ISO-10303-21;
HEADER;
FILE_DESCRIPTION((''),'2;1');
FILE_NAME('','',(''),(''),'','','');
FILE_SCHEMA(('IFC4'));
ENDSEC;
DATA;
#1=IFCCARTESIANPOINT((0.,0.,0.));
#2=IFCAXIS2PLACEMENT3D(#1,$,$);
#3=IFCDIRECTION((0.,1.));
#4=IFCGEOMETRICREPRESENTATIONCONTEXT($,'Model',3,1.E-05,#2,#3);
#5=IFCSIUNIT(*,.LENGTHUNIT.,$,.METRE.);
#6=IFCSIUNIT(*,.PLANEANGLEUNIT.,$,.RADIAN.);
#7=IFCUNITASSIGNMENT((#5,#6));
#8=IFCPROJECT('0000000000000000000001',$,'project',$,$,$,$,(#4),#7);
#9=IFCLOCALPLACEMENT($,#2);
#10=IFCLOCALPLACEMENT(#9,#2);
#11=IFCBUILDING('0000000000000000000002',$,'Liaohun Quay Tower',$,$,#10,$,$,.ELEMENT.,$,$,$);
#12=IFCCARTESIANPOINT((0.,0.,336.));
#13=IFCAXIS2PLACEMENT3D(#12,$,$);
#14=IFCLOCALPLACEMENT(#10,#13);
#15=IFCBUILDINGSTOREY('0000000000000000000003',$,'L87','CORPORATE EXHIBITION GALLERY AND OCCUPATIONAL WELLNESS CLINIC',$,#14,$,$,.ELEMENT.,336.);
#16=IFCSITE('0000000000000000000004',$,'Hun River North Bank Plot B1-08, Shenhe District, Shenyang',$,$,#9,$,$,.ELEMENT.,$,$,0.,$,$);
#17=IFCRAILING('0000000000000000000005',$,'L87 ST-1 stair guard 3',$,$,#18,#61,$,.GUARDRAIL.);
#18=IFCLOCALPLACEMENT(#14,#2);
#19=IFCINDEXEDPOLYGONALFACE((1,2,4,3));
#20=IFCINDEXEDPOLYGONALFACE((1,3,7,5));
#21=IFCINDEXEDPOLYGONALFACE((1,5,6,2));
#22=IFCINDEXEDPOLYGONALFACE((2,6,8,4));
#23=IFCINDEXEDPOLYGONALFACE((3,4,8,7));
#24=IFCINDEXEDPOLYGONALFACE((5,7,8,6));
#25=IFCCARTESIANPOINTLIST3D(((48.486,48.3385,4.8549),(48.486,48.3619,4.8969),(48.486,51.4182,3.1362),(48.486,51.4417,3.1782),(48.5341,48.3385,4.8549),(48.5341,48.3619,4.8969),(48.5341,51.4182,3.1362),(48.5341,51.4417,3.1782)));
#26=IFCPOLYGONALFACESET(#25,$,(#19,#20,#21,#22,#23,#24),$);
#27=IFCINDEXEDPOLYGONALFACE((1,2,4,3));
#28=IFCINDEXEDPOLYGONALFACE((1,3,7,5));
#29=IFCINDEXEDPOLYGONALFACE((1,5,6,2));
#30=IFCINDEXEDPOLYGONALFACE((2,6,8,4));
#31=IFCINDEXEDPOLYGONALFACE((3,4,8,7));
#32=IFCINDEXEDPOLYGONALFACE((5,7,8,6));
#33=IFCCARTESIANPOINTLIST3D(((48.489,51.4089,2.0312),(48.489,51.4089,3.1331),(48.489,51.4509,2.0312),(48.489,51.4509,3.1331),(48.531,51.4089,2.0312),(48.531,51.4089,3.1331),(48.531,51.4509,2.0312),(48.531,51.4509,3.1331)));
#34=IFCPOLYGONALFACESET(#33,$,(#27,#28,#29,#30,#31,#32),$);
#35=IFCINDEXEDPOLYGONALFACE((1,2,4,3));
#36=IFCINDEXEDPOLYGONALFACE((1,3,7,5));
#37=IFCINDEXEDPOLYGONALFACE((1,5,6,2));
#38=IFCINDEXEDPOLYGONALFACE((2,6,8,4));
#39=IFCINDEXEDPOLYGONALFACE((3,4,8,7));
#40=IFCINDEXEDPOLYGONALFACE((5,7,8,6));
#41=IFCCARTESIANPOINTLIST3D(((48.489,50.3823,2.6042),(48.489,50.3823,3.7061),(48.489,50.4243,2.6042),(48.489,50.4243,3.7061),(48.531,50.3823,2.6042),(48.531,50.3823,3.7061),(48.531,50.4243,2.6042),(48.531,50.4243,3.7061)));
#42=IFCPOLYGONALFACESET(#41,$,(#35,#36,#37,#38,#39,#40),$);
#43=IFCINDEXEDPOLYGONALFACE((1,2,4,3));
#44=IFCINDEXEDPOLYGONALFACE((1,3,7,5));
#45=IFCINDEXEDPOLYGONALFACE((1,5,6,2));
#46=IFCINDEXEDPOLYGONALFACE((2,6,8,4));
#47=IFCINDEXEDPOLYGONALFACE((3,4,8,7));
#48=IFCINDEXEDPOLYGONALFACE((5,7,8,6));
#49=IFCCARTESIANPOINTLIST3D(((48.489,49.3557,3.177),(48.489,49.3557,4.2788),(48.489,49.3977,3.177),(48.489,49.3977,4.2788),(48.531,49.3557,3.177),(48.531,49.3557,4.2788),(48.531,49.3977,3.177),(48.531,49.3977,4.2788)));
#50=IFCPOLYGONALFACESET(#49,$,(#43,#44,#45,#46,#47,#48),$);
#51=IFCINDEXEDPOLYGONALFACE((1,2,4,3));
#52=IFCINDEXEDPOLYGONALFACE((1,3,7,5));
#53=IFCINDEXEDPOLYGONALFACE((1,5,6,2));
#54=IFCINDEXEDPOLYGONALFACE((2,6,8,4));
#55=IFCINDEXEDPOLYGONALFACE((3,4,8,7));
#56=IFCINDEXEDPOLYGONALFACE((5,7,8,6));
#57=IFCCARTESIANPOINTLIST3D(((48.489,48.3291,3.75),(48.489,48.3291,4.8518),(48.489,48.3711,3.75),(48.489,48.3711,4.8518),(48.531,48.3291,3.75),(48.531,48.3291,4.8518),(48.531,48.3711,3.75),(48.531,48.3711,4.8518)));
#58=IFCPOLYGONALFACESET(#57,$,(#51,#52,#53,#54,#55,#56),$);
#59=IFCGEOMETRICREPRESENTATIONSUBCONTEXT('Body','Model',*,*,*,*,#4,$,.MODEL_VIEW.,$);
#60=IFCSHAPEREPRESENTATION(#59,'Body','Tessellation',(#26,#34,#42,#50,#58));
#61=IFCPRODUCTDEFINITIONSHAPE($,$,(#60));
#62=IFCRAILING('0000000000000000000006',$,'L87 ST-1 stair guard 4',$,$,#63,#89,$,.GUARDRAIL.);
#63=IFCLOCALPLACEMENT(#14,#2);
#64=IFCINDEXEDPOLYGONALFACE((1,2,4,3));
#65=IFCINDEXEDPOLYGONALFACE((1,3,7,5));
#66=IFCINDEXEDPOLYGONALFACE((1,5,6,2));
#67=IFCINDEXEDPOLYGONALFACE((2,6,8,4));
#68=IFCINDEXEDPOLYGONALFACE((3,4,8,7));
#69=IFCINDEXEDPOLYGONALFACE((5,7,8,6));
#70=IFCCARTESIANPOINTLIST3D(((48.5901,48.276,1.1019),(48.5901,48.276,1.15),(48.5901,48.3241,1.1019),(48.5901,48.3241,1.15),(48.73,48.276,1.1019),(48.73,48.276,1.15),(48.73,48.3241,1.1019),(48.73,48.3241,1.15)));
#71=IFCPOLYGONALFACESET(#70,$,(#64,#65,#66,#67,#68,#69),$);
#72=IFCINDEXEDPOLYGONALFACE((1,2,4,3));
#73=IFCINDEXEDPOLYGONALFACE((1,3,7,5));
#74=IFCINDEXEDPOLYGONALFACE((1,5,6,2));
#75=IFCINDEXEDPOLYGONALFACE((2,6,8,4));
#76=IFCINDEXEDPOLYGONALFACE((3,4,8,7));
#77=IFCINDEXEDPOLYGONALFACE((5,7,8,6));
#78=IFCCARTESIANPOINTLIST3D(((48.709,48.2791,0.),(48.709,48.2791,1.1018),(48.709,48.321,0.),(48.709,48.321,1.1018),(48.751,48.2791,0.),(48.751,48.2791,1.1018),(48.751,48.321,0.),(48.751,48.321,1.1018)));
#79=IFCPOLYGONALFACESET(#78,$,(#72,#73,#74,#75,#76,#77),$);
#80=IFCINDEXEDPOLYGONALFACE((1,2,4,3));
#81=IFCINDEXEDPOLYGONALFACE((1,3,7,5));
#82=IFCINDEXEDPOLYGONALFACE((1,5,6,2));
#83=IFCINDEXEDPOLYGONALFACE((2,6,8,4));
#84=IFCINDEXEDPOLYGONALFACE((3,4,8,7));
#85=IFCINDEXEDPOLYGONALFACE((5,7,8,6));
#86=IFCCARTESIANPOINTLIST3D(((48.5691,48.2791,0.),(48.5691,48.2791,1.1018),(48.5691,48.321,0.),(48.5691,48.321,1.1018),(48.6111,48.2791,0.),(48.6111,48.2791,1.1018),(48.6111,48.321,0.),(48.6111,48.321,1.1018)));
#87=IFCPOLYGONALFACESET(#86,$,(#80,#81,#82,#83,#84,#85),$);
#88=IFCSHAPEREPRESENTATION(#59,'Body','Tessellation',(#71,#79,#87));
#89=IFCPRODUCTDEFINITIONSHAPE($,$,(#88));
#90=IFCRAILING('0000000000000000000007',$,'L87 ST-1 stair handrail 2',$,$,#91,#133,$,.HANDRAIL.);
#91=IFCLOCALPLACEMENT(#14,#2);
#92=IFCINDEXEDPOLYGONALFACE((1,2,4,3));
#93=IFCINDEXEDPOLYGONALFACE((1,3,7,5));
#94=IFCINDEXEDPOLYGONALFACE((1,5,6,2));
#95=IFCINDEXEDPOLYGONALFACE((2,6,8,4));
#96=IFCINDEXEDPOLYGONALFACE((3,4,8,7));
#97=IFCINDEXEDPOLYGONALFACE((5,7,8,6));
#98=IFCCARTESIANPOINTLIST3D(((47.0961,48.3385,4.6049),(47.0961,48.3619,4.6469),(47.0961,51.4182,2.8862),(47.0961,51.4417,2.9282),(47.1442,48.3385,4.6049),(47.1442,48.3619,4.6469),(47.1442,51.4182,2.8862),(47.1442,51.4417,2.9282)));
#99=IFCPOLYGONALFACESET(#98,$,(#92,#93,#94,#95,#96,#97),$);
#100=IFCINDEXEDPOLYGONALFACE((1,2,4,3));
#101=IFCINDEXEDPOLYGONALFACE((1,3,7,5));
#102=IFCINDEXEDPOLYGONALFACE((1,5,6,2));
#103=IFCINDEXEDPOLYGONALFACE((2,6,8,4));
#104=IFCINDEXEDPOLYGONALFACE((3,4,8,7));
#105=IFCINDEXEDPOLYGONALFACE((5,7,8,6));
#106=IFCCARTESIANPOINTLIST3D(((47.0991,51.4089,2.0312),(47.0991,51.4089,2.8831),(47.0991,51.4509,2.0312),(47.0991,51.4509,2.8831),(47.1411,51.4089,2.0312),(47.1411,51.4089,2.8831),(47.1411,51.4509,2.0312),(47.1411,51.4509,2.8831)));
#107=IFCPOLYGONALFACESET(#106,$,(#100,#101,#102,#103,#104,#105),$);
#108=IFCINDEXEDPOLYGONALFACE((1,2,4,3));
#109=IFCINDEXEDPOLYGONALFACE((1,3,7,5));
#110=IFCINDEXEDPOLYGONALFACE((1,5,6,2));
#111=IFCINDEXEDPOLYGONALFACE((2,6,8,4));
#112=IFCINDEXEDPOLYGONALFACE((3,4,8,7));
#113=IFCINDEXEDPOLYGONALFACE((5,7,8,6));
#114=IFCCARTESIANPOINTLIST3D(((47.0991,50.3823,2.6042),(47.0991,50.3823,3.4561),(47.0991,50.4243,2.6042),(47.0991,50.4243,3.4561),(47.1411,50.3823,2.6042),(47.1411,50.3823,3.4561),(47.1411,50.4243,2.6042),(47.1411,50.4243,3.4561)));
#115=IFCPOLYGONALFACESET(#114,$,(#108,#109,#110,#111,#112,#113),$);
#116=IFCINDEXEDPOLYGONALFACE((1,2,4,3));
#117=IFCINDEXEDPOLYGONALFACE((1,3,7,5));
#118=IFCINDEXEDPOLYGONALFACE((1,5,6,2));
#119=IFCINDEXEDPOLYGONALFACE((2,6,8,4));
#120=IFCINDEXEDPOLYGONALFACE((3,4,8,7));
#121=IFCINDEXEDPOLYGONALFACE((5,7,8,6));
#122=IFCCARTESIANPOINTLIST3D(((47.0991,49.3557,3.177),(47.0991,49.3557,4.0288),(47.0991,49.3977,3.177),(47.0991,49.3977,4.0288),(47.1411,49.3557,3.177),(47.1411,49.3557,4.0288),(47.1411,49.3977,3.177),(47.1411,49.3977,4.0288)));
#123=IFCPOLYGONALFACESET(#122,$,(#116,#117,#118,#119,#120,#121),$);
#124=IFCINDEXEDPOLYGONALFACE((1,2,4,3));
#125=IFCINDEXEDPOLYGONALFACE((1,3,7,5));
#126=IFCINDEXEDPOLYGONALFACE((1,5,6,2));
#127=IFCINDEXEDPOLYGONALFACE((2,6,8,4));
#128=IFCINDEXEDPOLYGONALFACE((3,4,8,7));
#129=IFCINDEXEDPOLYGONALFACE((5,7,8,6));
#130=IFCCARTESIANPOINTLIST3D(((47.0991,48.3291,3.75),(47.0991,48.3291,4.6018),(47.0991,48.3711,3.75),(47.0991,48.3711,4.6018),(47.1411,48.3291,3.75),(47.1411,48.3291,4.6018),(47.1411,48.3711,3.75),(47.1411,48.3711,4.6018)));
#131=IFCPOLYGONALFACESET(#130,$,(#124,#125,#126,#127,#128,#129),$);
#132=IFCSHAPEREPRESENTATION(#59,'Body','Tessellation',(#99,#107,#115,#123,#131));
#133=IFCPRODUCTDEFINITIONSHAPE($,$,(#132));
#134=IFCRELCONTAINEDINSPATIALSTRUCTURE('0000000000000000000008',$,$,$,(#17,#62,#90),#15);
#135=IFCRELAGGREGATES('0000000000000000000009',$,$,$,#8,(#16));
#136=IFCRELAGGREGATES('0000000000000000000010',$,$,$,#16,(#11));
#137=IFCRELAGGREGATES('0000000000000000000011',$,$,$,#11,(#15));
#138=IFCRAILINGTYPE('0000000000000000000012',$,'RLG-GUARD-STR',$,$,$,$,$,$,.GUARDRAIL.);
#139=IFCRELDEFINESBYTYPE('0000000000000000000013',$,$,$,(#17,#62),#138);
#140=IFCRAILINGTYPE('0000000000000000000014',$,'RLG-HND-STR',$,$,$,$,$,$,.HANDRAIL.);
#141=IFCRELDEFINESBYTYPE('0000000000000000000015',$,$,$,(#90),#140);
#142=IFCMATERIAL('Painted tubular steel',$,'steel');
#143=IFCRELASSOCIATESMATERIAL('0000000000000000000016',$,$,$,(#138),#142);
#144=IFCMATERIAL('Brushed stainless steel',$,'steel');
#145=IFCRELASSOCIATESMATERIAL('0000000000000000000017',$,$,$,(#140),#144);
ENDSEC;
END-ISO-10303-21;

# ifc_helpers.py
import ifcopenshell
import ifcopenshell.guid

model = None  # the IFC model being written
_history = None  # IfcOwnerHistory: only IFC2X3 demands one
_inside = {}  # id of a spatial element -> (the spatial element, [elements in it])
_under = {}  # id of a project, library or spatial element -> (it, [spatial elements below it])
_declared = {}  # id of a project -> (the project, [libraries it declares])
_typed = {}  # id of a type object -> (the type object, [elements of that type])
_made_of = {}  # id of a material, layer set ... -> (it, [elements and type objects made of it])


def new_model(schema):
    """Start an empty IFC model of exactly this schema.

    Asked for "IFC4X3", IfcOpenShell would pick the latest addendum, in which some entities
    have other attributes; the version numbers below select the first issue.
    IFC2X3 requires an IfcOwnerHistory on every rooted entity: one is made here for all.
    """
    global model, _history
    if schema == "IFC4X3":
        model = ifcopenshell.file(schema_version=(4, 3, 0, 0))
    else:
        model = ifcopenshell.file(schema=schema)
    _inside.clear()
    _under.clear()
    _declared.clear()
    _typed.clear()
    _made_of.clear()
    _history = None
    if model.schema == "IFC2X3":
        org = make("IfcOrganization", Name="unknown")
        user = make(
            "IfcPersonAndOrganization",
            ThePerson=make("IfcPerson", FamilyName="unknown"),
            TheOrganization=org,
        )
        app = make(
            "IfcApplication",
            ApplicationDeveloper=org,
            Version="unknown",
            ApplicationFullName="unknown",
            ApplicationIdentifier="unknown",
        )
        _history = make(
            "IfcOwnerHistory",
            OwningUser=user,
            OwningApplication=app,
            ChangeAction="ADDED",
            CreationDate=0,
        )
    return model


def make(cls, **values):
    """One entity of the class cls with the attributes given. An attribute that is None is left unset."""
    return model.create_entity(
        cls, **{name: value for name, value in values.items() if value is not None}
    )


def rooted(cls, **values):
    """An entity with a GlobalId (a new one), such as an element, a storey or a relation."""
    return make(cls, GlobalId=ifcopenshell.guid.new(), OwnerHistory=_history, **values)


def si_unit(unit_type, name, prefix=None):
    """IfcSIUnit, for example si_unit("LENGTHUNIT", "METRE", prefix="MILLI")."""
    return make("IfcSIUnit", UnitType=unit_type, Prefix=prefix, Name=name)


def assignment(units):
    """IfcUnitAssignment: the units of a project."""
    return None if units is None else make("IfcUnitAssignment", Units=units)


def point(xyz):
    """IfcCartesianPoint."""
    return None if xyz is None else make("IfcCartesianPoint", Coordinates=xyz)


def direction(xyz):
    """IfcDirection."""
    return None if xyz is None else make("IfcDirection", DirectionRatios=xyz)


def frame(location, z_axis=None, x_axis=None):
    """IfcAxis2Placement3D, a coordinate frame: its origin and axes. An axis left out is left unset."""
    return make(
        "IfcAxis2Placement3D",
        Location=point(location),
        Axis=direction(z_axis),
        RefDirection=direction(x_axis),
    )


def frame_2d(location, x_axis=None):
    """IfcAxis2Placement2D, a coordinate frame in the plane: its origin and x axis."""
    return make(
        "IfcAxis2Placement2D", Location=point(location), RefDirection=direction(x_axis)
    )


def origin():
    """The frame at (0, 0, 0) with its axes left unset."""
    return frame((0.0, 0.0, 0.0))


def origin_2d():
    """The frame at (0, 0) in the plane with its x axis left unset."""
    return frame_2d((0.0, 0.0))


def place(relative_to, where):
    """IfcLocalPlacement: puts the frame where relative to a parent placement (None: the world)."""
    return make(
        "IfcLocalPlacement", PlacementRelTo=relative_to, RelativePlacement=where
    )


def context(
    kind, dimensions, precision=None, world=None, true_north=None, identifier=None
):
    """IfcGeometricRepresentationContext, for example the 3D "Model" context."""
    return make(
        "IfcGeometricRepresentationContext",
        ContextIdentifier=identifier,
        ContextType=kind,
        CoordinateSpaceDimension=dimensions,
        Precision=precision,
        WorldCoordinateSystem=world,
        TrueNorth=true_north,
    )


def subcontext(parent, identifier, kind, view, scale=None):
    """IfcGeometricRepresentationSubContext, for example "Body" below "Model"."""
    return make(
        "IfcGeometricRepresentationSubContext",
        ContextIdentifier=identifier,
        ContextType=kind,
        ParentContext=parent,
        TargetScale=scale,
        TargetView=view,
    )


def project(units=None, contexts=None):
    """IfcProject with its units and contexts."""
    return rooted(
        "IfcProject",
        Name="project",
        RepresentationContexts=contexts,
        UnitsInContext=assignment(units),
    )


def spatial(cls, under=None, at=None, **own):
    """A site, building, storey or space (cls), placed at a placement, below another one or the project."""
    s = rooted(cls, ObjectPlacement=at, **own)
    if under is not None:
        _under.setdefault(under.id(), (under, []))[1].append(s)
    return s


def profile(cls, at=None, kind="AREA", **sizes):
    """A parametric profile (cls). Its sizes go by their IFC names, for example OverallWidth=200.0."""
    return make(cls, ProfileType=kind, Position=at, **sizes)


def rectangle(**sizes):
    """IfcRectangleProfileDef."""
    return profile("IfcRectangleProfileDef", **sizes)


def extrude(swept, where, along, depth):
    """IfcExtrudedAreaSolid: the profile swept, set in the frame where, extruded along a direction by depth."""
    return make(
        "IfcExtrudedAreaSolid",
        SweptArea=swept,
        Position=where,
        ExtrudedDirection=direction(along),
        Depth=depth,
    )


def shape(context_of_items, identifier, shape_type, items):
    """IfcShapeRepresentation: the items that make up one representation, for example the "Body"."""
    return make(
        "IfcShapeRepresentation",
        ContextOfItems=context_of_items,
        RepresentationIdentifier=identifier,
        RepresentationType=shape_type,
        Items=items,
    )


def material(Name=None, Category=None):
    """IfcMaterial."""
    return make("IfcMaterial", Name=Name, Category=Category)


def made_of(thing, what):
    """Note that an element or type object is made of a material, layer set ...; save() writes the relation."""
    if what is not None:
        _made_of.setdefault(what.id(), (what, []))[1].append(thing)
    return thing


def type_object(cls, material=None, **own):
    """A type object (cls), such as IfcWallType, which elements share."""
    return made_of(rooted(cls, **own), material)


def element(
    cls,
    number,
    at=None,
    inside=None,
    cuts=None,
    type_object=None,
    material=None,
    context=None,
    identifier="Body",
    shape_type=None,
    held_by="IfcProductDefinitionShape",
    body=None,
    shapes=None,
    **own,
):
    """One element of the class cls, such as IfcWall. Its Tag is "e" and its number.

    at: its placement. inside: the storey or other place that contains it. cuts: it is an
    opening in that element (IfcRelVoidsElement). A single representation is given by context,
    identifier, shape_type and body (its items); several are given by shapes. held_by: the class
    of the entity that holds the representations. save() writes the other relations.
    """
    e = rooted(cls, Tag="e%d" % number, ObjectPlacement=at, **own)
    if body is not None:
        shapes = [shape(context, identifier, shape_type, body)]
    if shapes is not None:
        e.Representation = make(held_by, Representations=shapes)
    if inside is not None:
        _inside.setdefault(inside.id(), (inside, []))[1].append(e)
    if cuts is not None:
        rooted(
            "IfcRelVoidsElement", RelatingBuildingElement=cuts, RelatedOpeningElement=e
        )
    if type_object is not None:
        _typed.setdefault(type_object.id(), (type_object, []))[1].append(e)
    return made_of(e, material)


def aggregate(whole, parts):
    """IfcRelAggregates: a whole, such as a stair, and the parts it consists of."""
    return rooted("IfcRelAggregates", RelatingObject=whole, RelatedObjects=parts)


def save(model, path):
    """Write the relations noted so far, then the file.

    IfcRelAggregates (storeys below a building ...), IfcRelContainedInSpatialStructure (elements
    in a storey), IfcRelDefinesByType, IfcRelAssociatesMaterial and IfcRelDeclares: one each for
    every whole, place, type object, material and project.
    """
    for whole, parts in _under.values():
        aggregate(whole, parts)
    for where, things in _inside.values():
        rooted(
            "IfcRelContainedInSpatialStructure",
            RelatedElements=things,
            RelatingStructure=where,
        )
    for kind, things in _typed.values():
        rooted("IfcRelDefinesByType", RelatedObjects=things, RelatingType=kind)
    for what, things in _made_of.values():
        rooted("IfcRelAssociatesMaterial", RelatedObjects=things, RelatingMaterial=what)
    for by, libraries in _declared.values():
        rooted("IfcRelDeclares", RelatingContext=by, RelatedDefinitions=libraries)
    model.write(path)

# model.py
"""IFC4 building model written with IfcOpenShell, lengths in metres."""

from ifc_helpers import new_model, si_unit, direction, frame, origin, origin_2d, place, context, subcontext, project, spatial, rectangle, extrude, material, type_object, element, save


model = new_model("IFC4")

# Units and contexts
model_context = context("Model", 3, precision=1e-05, world=origin(), true_north=direction((0.0, 1.0)))
body_context = subcontext(model_context, "Body", "Model", "MODEL_VIEW")
ifc_project = project(units=[si_unit("LENGTHUNIT", "METRE"), si_unit("PLANEANGLEUNIT", "RADIAN")], contexts=[model_context])

# Site, building, storey
site_placement = place(None, origin())
site = spatial("IfcSite", under=ifc_project, at=site_placement, Name="Hun River North Bank Plot B1-08, Shenhe District, Shenyang", CompositionType="ELEMENT", RefElevation=0.0)
building_placement = place(site_placement, origin())
building = spatial("IfcBuilding", under=site, at=building_placement, Name="Liaohun Quay Tower", CompositionType="ELEMENT")
storey_placement = place(building_placement, frame((0.0, 0.0, 336.0)))
storey = spatial("IfcBuildingStorey", under=building, at=storey_placement, Name="L87", Description="CORPORATE EXHIBITION GALLERY AND OCCUPATIONAL WELLNESS CLINIC", CompositionType="ELEMENT", Elevation=336.0)

# Railings
ifc_material_1 = material(Name="Painted tubular steel", Category="steel")
railing_type_1 = type_object("IfcRailingType", Name="RLG-GUARD-STR", PredefinedType="GUARDRAIL", material=ifc_material_1)
railing_1_placement = place(storey_placement, frame((48.51, 51.4299, 2.0312)))
element("IfcRailing", 1, at=railing_1_placement, inside=storey, type_object=railing_type_1, Name="L87 ST-1 stair guard 3", PredefinedType="GUARDRAIL", context=body_context, shape_type="SweptSolid", body=[
    extrude(rectangle(XDim=0.0481, YDim=0.0481, at=origin_2d()), frame((0.0, 0.0, 1.126), z_axis=(0.0, -0.873225, 0.487317), x_axis=(1.0, 0.0, 0.0)), (0.0, 0.0, 1.0), 3.5269),
    extrude(rectangle(XDim=0.042, YDim=0.042, at=origin_2d()), origin(), (0.0, 0.0, 1.0), 1.1018),
    extrude(rectangle(XDim=0.042, YDim=0.042, at=origin_2d()), frame((0.0, -1.0266, 0.573)), (0.0, 0.0, 1.0), 1.1018),
    extrude(rectangle(XDim=0.042, YDim=0.042, at=origin_2d()), frame((0.0, -2.0532, 1.1458)), (0.0, 0.0, 1.0), 1.1018),
    extrude(rectangle(XDim=0.042, YDim=0.042, at=origin_2d()), frame((0.0, -3.0798, 1.7188)), (0.0, 0.0, 1.0), 1.1018),
])
railing_2_placement = place(storey_placement, frame((48.73, 48.3, 0.0)))
element("IfcRailing", 2, at=railing_2_placement, inside=storey, type_object=railing_type_1, Name="L87 ST-1 stair guard 4", PredefinedType="GUARDRAIL", context=body_context, shape_type="SweptSolid", body=[
    extrude(rectangle(XDim=0.0481, YDim=0.0481, at=origin_2d()), frame((0.0, 0.0, 1.126), z_axis=(-1.0, 0.0, 0.0), x_axis=(0.0, -1.0, 0.0)), (0.0, 0.0, 1.0), 0.1399),
    extrude(rectangle(XDim=0.042, YDim=0.042, at=origin_2d()), origin(), (0.0, 0.0, 1.0), 1.1018),
    extrude(rectangle(XDim=0.042, YDim=0.042, at=origin_2d()), frame((-0.1399, 0.0, 0.0)), (0.0, 0.0, 1.0), 1.1018),
])
ifc_material_2 = material(Name="Brushed stainless steel", Category="steel")
railing_type_2 = type_object("IfcRailingType", Name="RLG-HND-STR", PredefinedType="HANDRAIL", material=ifc_material_2)
railing_3_placement = place(storey_placement, frame((47.1201, 51.4299, 2.0312)))
element("IfcRailing", 3, at=railing_3_placement, inside=storey, type_object=railing_type_2, Name="L87 ST-1 stair handrail 2", PredefinedType="HANDRAIL", context=body_context, shape_type="SweptSolid", body=[
    extrude(rectangle(XDim=0.0481, YDim=0.0481, at=origin_2d()), frame((0.0, 0.0, 0.876), z_axis=(0.0, -0.873225, 0.487317), x_axis=(1.0, 0.0, 0.0)), (0.0, 0.0, 1.0), 3.5269),
    extrude(rectangle(XDim=0.042, YDim=0.042, at=origin_2d()), origin(), (0.0, 0.0, 1.0), 0.8518),
    extrude(rectangle(XDim=0.042, YDim=0.042, at=origin_2d()), frame((0.0, -1.0266, 0.573)), (0.0, 0.0, 1.0), 0.8518),
    extrude(rectangle(XDim=0.042, YDim=0.042, at=origin_2d()), frame((0.0, -2.0532, 1.1458)), (0.0, 0.0, 1.0), 0.8518),
    extrude(rectangle(XDim=0.042, YDim=0.042, at=origin_2d()), frame((0.0, -3.0798, 1.7188)), (0.0, 0.0, 1.0), 0.8518),
])

save(model, "model.ifc")
